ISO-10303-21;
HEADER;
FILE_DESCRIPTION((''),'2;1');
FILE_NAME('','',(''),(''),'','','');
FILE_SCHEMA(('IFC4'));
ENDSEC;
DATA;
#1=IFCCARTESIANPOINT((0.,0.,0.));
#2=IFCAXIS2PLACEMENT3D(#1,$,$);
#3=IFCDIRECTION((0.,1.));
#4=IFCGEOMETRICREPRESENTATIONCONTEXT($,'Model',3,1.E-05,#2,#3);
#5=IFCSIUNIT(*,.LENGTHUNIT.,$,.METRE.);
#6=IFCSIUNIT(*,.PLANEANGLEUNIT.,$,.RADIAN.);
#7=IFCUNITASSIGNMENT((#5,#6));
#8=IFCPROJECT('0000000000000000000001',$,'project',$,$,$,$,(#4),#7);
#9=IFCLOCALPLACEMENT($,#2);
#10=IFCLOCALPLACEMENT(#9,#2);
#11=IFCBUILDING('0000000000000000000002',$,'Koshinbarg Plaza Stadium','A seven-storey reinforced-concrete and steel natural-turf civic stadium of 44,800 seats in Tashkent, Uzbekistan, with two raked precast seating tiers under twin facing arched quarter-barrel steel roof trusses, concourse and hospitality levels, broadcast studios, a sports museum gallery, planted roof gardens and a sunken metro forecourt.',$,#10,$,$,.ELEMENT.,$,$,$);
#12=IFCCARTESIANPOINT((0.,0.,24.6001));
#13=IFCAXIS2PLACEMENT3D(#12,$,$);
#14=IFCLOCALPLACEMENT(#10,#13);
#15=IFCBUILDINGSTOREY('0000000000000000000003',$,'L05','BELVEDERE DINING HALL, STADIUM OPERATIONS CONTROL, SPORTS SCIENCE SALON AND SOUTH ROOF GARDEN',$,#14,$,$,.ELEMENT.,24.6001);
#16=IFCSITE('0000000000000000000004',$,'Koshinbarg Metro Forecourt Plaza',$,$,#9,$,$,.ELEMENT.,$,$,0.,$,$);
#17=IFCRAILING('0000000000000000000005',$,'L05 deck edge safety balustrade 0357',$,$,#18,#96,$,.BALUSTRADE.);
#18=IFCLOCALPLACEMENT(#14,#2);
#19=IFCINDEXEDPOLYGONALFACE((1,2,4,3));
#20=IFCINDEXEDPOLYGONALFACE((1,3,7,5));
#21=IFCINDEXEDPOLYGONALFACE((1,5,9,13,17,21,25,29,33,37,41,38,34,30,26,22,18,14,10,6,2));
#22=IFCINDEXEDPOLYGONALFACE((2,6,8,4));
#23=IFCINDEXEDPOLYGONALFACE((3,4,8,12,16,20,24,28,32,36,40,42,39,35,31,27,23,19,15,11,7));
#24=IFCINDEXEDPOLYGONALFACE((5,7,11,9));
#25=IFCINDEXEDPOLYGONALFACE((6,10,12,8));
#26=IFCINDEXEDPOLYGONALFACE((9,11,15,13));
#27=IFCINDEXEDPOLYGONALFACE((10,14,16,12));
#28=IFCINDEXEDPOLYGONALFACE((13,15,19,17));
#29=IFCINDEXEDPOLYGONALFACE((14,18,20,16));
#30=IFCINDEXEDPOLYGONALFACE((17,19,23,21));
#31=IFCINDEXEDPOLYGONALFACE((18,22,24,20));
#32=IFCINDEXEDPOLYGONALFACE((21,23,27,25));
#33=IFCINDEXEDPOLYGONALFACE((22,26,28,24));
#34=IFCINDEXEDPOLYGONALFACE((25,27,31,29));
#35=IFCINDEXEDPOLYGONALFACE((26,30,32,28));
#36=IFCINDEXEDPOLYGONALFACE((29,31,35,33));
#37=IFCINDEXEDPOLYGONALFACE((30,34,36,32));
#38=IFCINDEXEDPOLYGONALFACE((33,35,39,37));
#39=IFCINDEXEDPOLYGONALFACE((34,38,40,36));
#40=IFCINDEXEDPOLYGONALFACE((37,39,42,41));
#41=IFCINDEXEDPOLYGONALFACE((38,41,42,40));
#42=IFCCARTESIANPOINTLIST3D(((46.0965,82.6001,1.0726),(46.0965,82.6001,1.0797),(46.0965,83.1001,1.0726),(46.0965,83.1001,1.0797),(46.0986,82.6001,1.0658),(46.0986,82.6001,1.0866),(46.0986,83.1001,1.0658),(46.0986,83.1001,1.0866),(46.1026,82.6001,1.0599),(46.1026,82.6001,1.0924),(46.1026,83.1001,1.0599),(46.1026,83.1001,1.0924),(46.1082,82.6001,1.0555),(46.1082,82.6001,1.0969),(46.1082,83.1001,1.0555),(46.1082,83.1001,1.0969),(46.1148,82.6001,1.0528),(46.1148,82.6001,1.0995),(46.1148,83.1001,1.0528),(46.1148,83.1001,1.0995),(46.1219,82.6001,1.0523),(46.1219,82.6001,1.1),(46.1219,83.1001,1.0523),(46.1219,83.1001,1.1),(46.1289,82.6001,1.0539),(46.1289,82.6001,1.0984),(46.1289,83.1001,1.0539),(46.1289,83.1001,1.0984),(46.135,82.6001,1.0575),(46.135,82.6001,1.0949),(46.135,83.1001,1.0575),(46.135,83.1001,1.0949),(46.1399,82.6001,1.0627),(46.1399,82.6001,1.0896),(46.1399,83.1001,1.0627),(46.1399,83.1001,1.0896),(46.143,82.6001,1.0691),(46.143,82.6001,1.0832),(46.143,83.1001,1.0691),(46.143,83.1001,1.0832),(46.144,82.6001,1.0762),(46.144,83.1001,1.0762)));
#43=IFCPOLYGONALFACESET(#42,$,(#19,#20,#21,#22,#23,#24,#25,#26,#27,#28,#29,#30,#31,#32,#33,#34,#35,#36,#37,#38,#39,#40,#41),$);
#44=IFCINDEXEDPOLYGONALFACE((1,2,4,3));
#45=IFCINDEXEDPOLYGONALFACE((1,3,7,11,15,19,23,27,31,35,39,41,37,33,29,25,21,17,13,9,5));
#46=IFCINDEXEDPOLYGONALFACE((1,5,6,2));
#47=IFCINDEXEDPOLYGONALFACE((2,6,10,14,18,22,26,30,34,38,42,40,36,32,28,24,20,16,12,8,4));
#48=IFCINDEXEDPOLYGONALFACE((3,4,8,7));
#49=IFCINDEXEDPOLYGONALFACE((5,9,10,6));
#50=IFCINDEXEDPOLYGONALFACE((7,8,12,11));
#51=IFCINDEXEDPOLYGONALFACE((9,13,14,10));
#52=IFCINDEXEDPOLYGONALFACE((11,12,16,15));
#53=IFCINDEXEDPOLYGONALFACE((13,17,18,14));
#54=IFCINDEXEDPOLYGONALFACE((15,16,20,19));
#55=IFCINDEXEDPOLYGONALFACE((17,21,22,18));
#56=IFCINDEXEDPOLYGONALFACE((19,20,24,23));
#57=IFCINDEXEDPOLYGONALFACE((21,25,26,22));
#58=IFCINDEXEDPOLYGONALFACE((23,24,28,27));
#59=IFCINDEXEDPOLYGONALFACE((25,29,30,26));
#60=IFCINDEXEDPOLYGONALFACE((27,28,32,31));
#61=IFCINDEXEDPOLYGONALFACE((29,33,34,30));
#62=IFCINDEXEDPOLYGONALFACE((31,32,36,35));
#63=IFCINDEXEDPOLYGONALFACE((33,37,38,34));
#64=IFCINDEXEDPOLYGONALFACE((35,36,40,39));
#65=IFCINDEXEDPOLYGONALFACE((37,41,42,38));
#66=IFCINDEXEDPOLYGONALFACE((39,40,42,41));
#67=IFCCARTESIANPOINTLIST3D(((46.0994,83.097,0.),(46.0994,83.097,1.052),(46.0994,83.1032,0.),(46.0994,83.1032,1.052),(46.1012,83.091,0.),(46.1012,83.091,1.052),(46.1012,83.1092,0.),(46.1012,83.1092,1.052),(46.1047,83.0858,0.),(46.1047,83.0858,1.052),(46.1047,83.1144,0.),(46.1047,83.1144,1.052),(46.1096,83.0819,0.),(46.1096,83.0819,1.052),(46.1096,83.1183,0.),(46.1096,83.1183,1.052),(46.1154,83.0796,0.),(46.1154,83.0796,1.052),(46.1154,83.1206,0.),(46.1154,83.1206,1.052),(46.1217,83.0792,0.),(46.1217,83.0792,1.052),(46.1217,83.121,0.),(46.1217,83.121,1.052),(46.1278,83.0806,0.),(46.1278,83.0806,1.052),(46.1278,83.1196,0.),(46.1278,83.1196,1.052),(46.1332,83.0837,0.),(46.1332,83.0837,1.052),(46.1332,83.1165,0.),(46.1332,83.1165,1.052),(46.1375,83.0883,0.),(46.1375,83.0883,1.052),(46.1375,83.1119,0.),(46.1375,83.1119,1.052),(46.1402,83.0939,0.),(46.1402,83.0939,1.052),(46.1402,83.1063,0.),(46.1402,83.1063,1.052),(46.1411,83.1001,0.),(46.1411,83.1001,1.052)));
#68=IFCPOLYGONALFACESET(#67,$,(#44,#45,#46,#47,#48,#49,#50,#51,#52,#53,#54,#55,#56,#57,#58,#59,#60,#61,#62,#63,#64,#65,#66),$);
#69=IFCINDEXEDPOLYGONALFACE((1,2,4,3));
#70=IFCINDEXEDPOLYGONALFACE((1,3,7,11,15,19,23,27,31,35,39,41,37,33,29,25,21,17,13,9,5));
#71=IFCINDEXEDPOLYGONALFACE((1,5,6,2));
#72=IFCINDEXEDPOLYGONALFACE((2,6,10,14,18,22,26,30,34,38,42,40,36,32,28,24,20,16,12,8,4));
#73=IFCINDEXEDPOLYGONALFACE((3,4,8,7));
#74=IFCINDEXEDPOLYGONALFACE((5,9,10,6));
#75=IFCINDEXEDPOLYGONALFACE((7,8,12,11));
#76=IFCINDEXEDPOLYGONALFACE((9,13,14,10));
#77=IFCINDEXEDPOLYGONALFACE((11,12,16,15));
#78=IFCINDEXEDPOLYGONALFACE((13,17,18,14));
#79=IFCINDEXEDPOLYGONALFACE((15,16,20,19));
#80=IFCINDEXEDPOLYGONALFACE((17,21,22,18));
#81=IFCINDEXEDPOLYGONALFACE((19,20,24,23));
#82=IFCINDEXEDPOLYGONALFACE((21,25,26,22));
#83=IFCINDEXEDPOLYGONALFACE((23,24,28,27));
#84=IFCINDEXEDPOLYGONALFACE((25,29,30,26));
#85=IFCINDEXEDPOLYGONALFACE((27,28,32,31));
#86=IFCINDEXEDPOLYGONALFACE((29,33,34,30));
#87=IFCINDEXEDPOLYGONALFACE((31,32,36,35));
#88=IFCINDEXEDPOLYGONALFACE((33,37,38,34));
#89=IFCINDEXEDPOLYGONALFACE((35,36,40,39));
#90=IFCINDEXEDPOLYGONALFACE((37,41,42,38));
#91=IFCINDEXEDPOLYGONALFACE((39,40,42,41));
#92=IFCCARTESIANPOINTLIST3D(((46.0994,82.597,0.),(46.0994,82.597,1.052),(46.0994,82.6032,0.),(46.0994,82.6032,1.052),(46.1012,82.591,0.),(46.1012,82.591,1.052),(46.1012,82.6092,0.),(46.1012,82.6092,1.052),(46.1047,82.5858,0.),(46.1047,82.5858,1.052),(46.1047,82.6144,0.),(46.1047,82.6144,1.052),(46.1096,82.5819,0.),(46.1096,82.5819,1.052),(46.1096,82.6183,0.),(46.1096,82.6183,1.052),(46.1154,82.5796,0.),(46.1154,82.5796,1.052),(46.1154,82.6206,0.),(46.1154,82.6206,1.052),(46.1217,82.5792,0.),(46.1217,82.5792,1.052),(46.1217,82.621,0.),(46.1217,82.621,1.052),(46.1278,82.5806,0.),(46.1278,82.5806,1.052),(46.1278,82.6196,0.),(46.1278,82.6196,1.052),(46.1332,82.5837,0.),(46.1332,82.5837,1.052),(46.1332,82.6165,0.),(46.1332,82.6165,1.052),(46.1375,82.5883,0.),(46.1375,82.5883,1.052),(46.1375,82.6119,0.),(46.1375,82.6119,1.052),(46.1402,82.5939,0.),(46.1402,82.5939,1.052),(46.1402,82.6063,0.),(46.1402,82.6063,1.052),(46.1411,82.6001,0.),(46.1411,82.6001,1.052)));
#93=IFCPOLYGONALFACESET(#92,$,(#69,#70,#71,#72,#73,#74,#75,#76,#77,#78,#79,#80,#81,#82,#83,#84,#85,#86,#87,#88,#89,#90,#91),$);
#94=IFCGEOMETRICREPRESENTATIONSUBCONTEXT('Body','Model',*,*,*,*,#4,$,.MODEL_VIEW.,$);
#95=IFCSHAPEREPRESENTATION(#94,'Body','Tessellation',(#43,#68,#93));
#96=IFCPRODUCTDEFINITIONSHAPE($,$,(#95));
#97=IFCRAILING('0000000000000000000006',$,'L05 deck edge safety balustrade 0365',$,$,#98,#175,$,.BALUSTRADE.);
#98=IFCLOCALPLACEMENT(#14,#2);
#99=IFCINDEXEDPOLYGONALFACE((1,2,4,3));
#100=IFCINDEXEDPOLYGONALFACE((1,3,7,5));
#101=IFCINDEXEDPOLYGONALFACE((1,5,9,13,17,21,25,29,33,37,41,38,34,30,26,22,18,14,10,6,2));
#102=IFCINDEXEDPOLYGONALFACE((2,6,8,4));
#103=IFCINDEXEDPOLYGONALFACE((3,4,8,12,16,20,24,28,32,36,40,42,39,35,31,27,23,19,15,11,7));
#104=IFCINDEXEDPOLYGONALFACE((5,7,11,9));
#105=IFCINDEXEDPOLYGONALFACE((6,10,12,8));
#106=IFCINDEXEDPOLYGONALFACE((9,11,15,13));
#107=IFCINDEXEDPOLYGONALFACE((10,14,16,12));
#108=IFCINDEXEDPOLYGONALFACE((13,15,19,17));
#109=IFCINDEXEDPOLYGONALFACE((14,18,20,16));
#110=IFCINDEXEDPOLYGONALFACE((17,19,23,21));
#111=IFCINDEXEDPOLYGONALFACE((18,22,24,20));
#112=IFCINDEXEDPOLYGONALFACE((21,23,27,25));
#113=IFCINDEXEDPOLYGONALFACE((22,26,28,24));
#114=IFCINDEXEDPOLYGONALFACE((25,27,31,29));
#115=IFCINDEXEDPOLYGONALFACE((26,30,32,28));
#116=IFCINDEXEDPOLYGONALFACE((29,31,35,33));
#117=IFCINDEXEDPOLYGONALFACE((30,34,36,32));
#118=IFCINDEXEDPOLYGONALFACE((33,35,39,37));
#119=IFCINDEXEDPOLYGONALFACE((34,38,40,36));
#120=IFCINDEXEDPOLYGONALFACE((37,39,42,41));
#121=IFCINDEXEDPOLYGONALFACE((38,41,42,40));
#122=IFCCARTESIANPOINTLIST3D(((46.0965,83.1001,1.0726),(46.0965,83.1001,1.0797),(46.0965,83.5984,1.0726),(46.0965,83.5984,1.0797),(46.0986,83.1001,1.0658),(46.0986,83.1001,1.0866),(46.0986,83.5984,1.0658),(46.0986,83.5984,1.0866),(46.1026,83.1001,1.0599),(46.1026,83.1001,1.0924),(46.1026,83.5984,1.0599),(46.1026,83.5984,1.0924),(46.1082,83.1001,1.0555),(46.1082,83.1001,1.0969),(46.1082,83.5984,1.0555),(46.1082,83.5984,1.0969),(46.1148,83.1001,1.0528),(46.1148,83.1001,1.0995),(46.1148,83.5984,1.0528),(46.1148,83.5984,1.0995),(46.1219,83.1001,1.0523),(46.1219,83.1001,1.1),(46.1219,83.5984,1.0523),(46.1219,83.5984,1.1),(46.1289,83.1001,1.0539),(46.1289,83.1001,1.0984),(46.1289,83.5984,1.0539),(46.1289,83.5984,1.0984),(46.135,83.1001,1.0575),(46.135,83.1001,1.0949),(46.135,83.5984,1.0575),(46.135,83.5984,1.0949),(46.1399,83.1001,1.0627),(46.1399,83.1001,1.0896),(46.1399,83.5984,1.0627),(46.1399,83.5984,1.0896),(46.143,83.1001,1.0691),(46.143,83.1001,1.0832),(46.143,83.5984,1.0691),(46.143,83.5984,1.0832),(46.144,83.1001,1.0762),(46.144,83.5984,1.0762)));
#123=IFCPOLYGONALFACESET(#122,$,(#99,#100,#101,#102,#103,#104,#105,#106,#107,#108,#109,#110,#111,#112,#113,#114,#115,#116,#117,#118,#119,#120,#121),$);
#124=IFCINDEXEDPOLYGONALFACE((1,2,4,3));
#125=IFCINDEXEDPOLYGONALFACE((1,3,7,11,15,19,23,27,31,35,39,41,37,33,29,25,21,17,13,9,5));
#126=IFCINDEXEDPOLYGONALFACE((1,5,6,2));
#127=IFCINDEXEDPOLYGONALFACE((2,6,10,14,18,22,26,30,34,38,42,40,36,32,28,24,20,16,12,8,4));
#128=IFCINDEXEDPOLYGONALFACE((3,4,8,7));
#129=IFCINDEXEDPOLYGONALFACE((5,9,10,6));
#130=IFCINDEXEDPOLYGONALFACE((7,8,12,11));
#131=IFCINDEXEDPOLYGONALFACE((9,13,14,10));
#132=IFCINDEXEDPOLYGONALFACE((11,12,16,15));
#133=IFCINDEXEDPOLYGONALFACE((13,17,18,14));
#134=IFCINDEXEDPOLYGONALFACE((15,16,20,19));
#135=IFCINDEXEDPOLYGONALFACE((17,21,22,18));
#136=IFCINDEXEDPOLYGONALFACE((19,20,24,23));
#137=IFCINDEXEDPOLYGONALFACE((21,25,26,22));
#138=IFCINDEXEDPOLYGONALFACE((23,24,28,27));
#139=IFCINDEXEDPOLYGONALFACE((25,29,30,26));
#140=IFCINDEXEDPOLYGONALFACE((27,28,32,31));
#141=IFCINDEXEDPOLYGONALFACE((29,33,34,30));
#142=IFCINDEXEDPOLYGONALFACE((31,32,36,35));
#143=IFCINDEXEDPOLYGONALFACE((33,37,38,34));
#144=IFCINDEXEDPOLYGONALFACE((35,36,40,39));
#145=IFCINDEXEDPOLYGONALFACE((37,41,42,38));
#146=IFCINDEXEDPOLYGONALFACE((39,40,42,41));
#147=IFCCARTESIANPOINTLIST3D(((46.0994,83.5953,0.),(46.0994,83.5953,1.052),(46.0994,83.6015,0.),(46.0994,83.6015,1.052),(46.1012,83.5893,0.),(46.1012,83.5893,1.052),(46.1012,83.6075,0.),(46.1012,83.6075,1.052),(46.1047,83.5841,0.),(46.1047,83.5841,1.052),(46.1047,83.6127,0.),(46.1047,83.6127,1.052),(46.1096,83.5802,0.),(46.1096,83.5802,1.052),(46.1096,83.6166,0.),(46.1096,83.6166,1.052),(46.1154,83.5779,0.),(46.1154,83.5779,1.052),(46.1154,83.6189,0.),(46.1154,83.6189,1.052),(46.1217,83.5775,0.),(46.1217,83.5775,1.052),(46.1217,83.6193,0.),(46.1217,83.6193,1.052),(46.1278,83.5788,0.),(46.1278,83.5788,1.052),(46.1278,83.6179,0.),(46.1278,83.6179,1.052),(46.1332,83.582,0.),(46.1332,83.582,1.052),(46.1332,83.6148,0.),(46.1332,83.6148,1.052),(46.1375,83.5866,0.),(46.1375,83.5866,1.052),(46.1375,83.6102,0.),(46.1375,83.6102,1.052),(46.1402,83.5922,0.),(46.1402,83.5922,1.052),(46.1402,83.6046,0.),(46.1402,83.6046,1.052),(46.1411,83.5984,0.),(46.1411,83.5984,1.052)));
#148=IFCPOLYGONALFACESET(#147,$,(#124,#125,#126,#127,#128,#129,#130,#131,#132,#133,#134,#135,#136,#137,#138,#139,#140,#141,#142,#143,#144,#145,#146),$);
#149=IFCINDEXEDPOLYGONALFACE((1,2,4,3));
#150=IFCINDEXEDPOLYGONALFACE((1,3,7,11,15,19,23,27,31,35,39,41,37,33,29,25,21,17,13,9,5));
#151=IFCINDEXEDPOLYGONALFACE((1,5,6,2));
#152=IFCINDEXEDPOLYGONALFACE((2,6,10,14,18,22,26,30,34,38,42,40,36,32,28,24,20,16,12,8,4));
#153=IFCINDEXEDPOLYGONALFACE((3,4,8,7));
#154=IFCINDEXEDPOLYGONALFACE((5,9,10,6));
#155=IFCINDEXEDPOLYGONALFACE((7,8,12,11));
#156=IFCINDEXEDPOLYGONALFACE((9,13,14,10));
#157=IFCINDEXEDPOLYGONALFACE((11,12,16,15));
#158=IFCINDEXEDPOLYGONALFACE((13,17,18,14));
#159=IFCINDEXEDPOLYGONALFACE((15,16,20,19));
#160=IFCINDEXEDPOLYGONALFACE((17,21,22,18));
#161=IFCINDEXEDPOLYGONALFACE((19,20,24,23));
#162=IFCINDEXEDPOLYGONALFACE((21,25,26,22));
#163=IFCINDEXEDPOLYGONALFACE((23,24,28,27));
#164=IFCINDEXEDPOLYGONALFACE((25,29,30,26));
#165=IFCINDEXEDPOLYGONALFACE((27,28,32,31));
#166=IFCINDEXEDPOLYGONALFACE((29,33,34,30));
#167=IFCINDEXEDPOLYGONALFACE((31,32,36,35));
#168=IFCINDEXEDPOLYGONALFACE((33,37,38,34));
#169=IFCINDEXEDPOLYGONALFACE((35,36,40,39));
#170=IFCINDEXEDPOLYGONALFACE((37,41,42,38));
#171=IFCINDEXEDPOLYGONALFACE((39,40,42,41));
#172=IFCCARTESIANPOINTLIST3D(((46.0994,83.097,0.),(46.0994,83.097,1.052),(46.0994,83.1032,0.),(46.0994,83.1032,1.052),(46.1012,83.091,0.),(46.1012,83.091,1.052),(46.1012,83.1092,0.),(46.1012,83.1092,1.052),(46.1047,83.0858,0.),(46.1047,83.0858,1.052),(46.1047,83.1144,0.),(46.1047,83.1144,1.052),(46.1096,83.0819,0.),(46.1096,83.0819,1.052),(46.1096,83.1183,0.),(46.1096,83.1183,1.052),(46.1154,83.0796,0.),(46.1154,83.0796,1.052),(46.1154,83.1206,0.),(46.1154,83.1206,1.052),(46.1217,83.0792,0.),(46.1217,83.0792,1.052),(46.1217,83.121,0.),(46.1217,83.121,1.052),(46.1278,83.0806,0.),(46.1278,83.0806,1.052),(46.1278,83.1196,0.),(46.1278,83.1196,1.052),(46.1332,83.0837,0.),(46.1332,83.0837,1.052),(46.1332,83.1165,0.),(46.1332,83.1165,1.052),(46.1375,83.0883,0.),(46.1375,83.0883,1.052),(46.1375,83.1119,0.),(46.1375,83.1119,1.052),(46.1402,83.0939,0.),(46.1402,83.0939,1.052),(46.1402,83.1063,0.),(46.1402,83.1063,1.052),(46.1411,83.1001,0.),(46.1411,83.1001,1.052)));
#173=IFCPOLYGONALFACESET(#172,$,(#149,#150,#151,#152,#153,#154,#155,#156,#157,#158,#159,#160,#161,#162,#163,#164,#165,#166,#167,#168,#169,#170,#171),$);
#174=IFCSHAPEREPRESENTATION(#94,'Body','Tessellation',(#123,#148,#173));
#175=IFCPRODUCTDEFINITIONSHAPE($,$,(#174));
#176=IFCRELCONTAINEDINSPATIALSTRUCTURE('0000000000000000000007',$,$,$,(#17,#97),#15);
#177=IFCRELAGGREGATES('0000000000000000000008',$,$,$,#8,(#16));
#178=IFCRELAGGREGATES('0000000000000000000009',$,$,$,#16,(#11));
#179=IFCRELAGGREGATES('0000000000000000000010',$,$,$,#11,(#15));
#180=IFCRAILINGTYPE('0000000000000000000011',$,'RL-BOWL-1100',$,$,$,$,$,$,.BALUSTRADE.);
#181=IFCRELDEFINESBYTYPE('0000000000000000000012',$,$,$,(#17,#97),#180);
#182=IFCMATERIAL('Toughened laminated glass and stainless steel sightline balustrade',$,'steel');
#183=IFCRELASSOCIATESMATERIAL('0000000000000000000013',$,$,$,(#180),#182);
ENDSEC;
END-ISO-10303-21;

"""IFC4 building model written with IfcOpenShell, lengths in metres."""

from ifc_helpers import new_model, si_unit, direction, frame, origin, origin_2d, place, context, subcontext, project, spatial, circle, extrude, material, type_object, element, save


model = new_model("IFC4")

# Units and contexts
model_context = context("Model", 3, precision=1e-05, world=origin(), true_north=direction((0.0, 1.0)))
body_context = subcontext(model_context, "Body", "Model", "MODEL_VIEW")
ifc_project = project(units=[si_unit("LENGTHUNIT", "METRE"), si_unit("PLANEANGLEUNIT", "RADIAN")], contexts=[model_context])

# Site, building, storey
site_placement = place(None, origin())
site = spatial("IfcSite", under=ifc_project, at=site_placement, Name="Koshinbarg Metro Forecourt Plaza", CompositionType="ELEMENT", RefElevation=0.0)
building_placement = place(site_placement, origin())
building = spatial("IfcBuilding", under=site, at=building_placement, Name="Koshinbarg Plaza Stadium", Description="A seven-storey reinforced-concrete and steel natural-turf civic stadium of 44,800 seats in Tashkent, Uzbekistan, with two raked precast seating tiers under twin facing arched quarter-barrel steel roof trusses, concourse and hospitality levels, broadcast studios, a sports museum gallery, planted roof gardens and a sunken metro forecourt.", CompositionType="ELEMENT")
storey_placement = place(building_placement, frame((0.0, 0.0, 24.6001)))
storey = spatial("IfcBuildingStorey", under=building, at=storey_placement, Name="L05", Description="BELVEDERE DINING HALL, STADIUM OPERATIONS CONTROL, SPORTS SCIENCE SALON AND SOUTH ROOF GARDEN", CompositionType="ELEMENT", Elevation=24.6001)

# Railings
ifc_material_1 = material(Name="Toughened laminated glass and stainless steel sightline balustrade", Category="steel")
railing_type = type_object("IfcRailingType", Name="RL-BOWL-1100", PredefinedType="BALUSTRADE", material=ifc_material_1)
railing_1_placement = place(storey_placement, frame((46.1201, 83.1001, 0.0)))
element("IfcRailing", 1, at=railing_1_placement, inside=storey, type_object=railing_type, Name="L05 deck edge safety balustrade 0357", PredefinedType="BALUSTRADE", context=body_context, shape_type="SweptSolid", body=[
    extrude(circle(Radius=0.0239, at=origin_2d()), frame((0.0, 0.0, 1.0762), z_axis=(0.0, -1.0, 0.0), x_axis=(1.0, 0.0, 0.0)), (0.0, 0.0, 1.0), 0.5),
    extrude(circle(Radius=0.021, at=origin_2d()), origin(), (0.0, 0.0, 1.0), 1.052),
    extrude(circle(Radius=0.021, at=origin_2d()), frame((0.0, -0.5, 0.0)), (0.0, 0.0, 1.0), 1.052),
])
railing_2_placement = place(storey_placement, frame((46.1201, 83.5984, 0.0)))
element("IfcRailing", 2, at=railing_2_placement, inside=storey, type_object=railing_type, Name="L05 deck edge safety balustrade 0365", PredefinedType="BALUSTRADE", context=body_context, shape_type="SweptSolid", body=[
    extrude(circle(Radius=0.0239, at=origin_2d()), frame((0.0, 0.0, 1.0762), z_axis=(0.0, -1.0, 0.0), x_axis=(1.0, 0.0, 0.0)), (0.0, 0.0, 1.0), 0.4983),
    extrude(circle(Radius=0.021, at=origin_2d()), origin(), (0.0, 0.0, 1.0), 1.052),
    extrude(circle(Radius=0.021, at=origin_2d()), frame((0.0, -0.4983, 0.0)), (0.0, 0.0, 1.0), 1.052),
])

save(model, "model.ifc")
